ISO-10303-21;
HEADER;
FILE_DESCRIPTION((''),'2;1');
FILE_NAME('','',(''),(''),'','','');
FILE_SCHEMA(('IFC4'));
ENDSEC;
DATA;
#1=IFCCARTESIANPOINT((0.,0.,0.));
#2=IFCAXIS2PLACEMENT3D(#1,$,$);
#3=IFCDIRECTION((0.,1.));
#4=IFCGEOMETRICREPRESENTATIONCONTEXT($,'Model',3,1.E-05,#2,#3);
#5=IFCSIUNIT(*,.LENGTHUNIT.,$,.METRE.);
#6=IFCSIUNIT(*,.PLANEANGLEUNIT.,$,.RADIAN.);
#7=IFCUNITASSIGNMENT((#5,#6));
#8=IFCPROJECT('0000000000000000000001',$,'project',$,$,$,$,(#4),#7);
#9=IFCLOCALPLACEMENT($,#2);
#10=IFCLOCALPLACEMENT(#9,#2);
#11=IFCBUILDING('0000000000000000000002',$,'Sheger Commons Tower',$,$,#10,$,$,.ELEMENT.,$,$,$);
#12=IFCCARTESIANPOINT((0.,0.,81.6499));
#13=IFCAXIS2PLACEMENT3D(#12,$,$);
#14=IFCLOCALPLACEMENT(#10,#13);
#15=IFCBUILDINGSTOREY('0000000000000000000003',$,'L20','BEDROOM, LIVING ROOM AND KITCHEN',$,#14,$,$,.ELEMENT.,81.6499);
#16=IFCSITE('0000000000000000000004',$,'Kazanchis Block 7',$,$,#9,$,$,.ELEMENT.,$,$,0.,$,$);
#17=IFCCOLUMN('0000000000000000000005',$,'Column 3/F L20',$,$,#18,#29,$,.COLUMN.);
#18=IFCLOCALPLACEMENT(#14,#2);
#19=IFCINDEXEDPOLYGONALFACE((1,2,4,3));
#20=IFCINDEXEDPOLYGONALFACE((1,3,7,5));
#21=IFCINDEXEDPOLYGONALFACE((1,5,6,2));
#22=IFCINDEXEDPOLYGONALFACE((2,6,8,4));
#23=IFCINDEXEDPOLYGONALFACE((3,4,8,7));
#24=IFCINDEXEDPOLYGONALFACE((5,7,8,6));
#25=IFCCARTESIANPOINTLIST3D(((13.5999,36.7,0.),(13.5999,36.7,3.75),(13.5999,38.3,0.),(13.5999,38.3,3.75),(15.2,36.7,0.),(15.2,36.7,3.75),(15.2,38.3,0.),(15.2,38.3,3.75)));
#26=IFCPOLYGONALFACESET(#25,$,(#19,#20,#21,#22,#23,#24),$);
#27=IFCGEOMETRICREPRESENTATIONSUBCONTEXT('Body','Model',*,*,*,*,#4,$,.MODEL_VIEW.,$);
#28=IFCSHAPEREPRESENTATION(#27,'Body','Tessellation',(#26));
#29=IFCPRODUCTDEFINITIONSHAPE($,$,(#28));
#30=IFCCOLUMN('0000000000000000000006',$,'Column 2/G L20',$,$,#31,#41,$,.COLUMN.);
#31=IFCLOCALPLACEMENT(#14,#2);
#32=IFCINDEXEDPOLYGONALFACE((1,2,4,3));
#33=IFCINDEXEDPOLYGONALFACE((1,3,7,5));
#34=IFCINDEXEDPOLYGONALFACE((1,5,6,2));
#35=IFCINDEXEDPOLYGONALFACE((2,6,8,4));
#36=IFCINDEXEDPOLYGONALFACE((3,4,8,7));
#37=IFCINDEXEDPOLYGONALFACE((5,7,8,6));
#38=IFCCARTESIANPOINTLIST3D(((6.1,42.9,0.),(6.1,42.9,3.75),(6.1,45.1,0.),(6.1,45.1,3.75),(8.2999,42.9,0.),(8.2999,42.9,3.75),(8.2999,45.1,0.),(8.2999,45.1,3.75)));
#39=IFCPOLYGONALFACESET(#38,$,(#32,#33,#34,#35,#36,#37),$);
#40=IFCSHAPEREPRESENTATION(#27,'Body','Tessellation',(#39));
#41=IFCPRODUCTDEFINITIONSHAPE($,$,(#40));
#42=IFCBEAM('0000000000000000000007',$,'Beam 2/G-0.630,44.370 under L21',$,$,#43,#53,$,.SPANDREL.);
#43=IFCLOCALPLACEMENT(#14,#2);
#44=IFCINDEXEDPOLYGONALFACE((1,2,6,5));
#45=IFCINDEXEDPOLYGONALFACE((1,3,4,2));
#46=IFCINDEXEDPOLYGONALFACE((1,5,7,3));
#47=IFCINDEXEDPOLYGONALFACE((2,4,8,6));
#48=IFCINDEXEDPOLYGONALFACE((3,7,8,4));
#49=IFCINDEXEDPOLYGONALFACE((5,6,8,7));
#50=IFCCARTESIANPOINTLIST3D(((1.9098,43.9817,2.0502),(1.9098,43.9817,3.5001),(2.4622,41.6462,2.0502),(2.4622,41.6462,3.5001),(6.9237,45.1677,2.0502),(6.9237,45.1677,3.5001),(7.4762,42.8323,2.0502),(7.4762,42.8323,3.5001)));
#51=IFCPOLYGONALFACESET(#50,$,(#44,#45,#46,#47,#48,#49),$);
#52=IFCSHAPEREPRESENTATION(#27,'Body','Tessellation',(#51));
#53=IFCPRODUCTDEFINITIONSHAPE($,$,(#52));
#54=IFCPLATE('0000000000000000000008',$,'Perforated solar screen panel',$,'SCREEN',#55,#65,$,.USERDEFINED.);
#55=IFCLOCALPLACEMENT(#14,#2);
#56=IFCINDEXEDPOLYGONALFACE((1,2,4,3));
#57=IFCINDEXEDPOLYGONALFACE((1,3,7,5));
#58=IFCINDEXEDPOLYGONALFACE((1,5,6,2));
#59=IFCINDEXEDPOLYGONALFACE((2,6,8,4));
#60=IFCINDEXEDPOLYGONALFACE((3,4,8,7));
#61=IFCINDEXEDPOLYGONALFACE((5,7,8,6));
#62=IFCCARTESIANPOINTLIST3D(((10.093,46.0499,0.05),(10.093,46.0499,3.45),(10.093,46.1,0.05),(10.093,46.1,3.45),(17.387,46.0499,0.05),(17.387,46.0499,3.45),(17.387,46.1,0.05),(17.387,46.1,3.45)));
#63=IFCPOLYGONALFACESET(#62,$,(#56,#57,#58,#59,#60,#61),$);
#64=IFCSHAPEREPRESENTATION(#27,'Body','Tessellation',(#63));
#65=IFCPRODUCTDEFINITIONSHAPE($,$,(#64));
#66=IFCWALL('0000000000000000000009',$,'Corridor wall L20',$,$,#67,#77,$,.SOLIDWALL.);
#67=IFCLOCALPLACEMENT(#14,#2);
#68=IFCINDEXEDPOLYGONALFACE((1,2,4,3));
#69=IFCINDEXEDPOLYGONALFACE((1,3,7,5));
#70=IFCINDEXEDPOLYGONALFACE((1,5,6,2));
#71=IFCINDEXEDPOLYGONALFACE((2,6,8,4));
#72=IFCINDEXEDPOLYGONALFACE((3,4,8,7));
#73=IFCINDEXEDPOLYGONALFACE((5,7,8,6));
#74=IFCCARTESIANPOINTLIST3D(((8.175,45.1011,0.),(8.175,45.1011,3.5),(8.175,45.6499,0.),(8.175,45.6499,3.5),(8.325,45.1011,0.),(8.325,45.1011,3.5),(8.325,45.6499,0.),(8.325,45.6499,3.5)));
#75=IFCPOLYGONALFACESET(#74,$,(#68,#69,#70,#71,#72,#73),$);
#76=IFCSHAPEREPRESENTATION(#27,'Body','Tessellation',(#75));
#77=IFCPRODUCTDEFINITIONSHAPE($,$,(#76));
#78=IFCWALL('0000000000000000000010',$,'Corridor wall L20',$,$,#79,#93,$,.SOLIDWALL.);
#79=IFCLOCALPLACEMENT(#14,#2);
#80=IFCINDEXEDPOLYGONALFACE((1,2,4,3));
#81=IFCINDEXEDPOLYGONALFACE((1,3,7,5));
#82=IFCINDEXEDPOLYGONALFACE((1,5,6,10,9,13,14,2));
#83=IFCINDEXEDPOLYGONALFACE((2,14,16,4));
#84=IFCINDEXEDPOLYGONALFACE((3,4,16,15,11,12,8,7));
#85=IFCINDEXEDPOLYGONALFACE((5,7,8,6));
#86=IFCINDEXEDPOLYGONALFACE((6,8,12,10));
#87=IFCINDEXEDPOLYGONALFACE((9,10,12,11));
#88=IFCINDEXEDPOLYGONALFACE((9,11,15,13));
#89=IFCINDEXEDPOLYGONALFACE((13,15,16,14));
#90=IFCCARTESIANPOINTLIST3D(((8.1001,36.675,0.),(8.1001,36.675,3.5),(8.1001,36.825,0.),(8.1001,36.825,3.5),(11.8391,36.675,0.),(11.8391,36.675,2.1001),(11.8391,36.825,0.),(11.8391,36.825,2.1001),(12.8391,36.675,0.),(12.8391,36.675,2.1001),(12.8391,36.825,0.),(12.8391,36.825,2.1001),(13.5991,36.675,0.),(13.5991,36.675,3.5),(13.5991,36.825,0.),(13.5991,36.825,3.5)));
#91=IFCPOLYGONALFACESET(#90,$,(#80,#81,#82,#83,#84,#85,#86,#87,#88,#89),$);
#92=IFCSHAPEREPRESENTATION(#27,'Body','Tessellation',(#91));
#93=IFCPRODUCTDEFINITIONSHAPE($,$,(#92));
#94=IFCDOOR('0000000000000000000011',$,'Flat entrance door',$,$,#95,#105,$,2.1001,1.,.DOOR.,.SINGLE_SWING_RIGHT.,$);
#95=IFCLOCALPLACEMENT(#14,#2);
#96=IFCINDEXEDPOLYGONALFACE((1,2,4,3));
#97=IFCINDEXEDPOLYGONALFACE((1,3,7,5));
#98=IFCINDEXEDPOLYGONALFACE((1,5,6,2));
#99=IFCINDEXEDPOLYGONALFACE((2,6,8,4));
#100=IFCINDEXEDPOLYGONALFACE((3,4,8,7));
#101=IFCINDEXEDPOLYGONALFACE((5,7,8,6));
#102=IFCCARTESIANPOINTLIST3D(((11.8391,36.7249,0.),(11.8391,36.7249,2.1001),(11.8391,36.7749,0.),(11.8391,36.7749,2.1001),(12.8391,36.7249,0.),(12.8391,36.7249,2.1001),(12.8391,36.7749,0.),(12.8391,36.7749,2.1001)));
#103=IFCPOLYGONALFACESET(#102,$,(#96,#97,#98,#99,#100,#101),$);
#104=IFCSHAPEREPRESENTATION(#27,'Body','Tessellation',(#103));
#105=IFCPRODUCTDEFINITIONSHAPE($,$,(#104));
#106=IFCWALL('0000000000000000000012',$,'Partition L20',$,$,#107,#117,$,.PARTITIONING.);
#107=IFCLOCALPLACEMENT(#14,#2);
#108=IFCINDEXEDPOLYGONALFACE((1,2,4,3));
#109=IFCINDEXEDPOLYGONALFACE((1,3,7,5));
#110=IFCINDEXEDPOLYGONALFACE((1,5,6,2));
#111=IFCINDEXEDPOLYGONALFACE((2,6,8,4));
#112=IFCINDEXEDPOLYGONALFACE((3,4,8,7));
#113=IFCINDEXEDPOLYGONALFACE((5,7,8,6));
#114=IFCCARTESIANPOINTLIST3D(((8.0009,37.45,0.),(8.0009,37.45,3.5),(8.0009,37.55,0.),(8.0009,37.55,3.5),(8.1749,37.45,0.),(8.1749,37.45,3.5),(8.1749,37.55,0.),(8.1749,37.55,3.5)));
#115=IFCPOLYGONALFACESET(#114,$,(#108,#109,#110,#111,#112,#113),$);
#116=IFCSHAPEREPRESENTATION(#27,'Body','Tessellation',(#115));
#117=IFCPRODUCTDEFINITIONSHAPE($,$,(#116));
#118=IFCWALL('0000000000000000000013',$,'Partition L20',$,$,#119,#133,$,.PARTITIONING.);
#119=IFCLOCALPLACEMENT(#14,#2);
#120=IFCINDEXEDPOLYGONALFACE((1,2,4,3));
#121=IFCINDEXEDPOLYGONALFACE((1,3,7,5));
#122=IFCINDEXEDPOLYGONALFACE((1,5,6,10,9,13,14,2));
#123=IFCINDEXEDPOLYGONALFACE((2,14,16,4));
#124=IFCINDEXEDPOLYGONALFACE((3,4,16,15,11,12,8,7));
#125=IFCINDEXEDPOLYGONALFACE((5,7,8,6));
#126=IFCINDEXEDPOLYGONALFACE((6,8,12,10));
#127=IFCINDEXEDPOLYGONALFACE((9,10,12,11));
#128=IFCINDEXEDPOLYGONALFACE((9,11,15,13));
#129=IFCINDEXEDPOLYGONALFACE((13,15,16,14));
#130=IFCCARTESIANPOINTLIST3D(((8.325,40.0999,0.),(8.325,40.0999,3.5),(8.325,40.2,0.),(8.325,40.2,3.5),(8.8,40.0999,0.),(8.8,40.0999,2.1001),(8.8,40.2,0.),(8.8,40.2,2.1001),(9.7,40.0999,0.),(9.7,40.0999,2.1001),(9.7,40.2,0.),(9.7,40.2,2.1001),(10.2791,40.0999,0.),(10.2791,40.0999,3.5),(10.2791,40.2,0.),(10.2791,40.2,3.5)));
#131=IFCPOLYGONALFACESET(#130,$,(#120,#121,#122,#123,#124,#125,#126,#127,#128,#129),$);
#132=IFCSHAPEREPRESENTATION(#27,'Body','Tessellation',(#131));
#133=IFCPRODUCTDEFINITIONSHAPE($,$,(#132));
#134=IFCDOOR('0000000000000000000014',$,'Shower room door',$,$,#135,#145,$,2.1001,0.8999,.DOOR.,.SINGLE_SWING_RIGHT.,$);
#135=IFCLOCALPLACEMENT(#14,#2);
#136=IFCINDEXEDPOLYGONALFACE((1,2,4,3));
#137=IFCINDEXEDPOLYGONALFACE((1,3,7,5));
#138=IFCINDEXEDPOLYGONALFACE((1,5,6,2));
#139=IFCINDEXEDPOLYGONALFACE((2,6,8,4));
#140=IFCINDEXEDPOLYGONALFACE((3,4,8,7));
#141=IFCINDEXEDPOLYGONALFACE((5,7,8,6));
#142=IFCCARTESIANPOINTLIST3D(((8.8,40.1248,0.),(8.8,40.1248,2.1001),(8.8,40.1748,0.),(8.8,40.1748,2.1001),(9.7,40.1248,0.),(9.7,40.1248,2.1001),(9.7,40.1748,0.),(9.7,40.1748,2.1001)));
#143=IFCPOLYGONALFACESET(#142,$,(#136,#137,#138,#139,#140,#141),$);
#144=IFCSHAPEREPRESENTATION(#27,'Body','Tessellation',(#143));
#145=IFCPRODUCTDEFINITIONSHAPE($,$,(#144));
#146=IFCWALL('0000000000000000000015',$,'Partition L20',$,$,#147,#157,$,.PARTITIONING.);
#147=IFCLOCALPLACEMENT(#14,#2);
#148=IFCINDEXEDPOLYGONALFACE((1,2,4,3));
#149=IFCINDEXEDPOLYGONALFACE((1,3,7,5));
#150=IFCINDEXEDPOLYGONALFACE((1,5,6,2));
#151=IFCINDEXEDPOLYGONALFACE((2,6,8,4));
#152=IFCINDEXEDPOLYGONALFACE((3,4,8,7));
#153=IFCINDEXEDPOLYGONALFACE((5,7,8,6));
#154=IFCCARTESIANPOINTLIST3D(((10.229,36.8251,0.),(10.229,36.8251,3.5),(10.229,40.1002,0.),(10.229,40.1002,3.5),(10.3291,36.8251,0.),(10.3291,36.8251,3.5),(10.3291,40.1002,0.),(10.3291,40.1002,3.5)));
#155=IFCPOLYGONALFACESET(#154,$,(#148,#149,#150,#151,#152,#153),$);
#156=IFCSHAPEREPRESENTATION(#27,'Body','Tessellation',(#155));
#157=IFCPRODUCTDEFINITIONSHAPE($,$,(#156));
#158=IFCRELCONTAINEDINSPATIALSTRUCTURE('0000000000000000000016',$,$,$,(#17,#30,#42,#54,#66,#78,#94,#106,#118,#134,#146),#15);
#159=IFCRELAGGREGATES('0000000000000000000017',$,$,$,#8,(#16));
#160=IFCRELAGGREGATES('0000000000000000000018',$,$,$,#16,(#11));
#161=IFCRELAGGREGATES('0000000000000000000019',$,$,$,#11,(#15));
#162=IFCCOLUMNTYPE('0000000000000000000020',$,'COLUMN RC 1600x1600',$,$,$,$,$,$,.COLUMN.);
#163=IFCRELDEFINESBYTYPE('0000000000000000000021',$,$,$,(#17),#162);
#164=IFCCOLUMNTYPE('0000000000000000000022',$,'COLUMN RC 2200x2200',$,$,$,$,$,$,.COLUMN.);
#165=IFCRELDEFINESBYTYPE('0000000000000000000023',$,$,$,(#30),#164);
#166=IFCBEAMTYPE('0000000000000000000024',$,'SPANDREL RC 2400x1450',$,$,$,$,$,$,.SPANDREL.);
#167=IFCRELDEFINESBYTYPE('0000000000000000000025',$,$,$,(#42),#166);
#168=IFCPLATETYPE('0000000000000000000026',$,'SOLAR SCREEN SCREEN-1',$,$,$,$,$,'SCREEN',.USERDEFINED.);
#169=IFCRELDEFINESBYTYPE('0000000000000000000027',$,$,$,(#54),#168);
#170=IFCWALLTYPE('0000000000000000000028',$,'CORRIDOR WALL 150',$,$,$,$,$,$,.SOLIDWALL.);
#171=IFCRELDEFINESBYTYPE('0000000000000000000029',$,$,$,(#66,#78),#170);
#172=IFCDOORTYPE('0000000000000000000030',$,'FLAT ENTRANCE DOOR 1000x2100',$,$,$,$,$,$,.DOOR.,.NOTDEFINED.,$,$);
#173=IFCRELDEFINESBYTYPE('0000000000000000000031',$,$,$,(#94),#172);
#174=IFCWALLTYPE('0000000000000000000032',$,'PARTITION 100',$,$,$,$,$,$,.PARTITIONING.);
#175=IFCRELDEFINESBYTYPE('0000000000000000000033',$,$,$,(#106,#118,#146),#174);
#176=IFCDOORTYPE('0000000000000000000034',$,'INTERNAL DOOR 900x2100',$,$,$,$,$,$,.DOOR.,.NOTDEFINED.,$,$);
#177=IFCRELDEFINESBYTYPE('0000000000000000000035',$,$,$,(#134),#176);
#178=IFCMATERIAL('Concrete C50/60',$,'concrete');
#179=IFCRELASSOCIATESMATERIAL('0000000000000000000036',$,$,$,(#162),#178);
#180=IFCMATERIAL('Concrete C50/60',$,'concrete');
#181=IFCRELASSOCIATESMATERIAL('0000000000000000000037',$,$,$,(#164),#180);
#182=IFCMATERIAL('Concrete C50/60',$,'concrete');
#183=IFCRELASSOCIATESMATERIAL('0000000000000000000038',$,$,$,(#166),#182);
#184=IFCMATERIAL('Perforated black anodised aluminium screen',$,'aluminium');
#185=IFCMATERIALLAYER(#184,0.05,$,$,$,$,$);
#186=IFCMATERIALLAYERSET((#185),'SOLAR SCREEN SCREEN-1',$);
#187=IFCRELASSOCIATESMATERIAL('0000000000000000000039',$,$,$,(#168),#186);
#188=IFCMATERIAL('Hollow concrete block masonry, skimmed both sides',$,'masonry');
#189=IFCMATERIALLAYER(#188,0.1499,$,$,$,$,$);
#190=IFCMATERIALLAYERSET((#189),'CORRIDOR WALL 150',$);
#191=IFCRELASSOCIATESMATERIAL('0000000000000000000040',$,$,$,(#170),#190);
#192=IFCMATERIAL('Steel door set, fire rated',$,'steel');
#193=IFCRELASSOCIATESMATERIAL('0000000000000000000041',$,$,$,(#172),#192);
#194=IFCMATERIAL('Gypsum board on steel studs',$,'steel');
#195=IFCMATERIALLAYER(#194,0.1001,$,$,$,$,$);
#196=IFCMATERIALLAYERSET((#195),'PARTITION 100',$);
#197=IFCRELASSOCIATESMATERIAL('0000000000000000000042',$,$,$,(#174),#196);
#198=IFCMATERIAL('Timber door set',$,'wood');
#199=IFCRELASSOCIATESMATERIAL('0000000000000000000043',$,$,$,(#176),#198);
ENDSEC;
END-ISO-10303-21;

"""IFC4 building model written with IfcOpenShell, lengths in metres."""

from ifc_helpers import new_model, si_unit, direction, frame, frame_2d, origin, origin_2d, place, context, subcontext, project, spatial, rectangle, extrude, material, layer, layer_set, material_profile, profile_set, type_object, element, fill, save


model = new_model("IFC4")

# Units and contexts
model_context = context("Model", 3, precision=1e-05, world=origin(), true_north=direction((0.0, 1.0)))
body_context = subcontext(model_context, "Body", "Model", "MODEL_VIEW")
ifc_project = project(units=[si_unit("LENGTHUNIT", "METRE"), si_unit("PLANEANGLEUNIT", "RADIAN")], contexts=[model_context])

# Site, building, storey
site_placement = place(None, origin())
site = spatial("IfcSite", under=ifc_project, at=site_placement, Name="Kazanchis Block 7", CompositionType="ELEMENT", RefElevation=0.0)
building_placement = place(site_placement, origin())
building = spatial("IfcBuilding", under=site, at=building_placement, Name="Sheger Commons Tower", CompositionType="ELEMENT")
storey_placement = place(building_placement, frame((0.0, 0.0, 81.6499)))
storey = spatial("IfcBuildingStorey", under=building, at=storey_placement, Name="L20", Description="BEDROOM, LIVING ROOM AND KITCHEN", CompositionType="ELEMENT", Elevation=81.6499)

# Columns
ifc_material_1 = material(Name="Concrete C50/60", Category="concrete")
ifc_material_profile_1 = material_profile(ifc_material_1, rectangle(XDim=1.6001, YDim=1.6001, at=origin_2d()), Name="RC 1600x1600")
ifc_profile_set_1 = profile_set([ifc_material_profile_1], Name="Concrete C50/60")
column_type_1 = type_object("IfcColumnType", Name="COLUMN RC 1600x1600", PredefinedType="COLUMN", material=ifc_profile_set_1)
column_1_placement = place(storey_placement, frame((14.3999, 37.5, 0.0), z_axis=(0.0, 0.0, 1.0), x_axis=(1.0, 0.0, 0.0)))
element("IfcColumn", 1, at=column_1_placement, inside=storey, type_object=column_type_1, Name="Column 3/F L20", PredefinedType="COLUMN", context=body_context, shape_type="SweptSolid", body=[
    extrude(rectangle(XDim=1.6001, YDim=1.6001, at=origin_2d()), origin(), (0.0, 0.0, 1.0), 3.75),
])
ifc_material_2 = material(Name="Concrete C50/60", Category="concrete")
ifc_material_profile_2 = material_profile(ifc_material_2, rectangle(XDim=2.2, YDim=2.2, at=origin_2d()), Name="RC 2200x2200")
ifc_profile_set_2 = profile_set([ifc_material_profile_2], Name="Concrete C50/60")
column_type_2 = type_object("IfcColumnType", Name="COLUMN RC 2200x2200", PredefinedType="COLUMN", material=ifc_profile_set_2)
column_2_placement = place(storey_placement, frame((7.2, 44.0, 0.0), z_axis=(0.0, 0.0, 1.0), x_axis=(1.0, 0.0, 0.0)))
element("IfcColumn", 2, at=column_2_placement, inside=storey, type_object=column_type_2, Name="Column 2/G L20", PredefinedType="COLUMN", context=body_context, shape_type="SweptSolid", body=[
    extrude(rectangle(XDim=2.2, YDim=2.2, at=origin_2d()), origin(), (0.0, 0.0, 1.0), 3.75),
])

# Beam
ifc_material_3 = material(Name="Concrete C50/60", Category="concrete")
ifc_material_profile_3 = material_profile(ifc_material_3, rectangle(XDim=2.3999, YDim=1.45, at=origin_2d()), Name="RC 2400x1450")
ifc_profile_set_3 = profile_set([ifc_material_profile_3], Name="Concrete C50/60")
beam_type = type_object("IfcBeamType", Name="SPANDREL RC 2400x1450", PredefinedType="SPANDREL", material=ifc_profile_set_3)
beam_placement = place(storey_placement, frame((7.2, 44.0, 2.7751), z_axis=(-0.973144, -0.230196, 0.0), x_axis=(0.230196, -0.973144, 0.0)))
element("IfcBeam", 3, at=beam_placement, inside=storey, type_object=beam_type, Name="Beam 2/G-0.630,44.370 under L21", PredefinedType="SPANDREL", context=body_context, shape_type="SweptSolid", body=[
    extrude(rectangle(XDim=2.3999, YDim=1.45, at=origin_2d()), origin(), (0.0, 0.0, 1.0), 5.1523),
])

# Plate
ifc_material_4 = material(Name="Perforated black anodised aluminium screen", Category="aluminium")
ifc_layer_1 = layer(ifc_material_4, 0.05)
ifc_layer_set_1 = layer_set([ifc_layer_1], Name="SOLAR SCREEN SCREEN-1")
plate_type = type_object("IfcPlateType", Name="SOLAR SCREEN SCREEN-1", ElementType="SCREEN", PredefinedType="USERDEFINED", material=ifc_layer_set_1)
plate_placement = place(storey_placement, frame((13.74, 46.075, 0.05), z_axis=(0.0, 0.0, 1.0), x_axis=(-1.0, 0.0, 0.0)))
element("IfcPlate", 4, at=plate_placement, inside=storey, type_object=plate_type, Name="Perforated solar screen panel", ObjectType="SCREEN", PredefinedType="USERDEFINED", context=body_context, shape_type="SweptSolid", body=[
    extrude(rectangle(XDim=7.2939, YDim=0.05, at=origin_2d()), origin(), (0.0, 0.0, 1.0), 3.3999),
])

# Wall
ifc_material_5 = material(Name="Hollow concrete block masonry, skimmed both sides", Category="masonry")
ifc_layer_2 = layer(ifc_material_5, 0.1499)
ifc_layer_set_2 = layer_set([ifc_layer_2], Name="CORRIDOR WALL 150")
wall_type_1 = type_object("IfcWallType", Name="CORRIDOR WALL 150", PredefinedType="SOLIDWALL", material=ifc_layer_set_2)
wall_1_placement = place(storey_placement, frame((8.25, 45.1011, 0.0), z_axis=(0.0, 0.0, 1.0), x_axis=(0.0, 1.0, 0.0)))
element("IfcWall", 5, at=wall_1_placement, inside=storey, type_object=wall_type_1, Name="Corridor wall L20", PredefinedType="SOLIDWALL", context=body_context, shape_type="SweptSolid", body=[
    extrude(rectangle(XDim=0.5488, YDim=0.1499, at=frame_2d((0.2744, 0.0))), origin(), (0.0, 0.0, 1.0), 3.5),
])

# Wall, opening, door
wall_2_placement = place(storey_placement, frame((8.1001, 36.75, 0.0), z_axis=(0.0, 0.0, 1.0), x_axis=(1.0, 0.0, 0.0)))
wall_2 = element("IfcWall", 6, at=wall_2_placement, inside=storey, type_object=wall_type_1, Name="Corridor wall L20", PredefinedType="SOLIDWALL", context=body_context, shape_type="SweptSolid", body=[
    extrude(rectangle(XDim=5.499, YDim=0.1499, at=frame_2d((2.7495, 0.0))), origin(), (0.0, 0.0, 1.0), 3.5),
])
opening_1_placement = place(wall_2_placement, frame((3.739, 0.0, 0.0)))
opening_1 = element("IfcOpeningElement", 7, at=opening_1_placement, cuts=wall_2, PredefinedType="OPENING", context=body_context, shape_type="SweptSolid", body=[
    extrude(rectangle(XDim=1.0, YDim=2.1001, at=frame_2d((0.5, 1.05))), frame((0.0, 0.085, 0.0), z_axis=(0.0, -1.0, 0.0), x_axis=(1.0, 0.0, 0.0)), (0.0, 0.0, 1.0), 0.1699),
])
ifc_material_6 = material(Name="Steel door set, fire rated", Category="steel")
door_type_1 = type_object("IfcDoorType", Name="FLAT ENTRANCE DOOR 1000x2100", OperationType="NOTDEFINED", PredefinedType="DOOR", material=ifc_material_6)
door_1_placement = place(opening_1_placement, origin())
door_1 = element("IfcDoor", 8, at=door_1_placement, inside=storey, type_object=door_type_1, Name="Flat entrance door", OperationType="SINGLE_SWING_RIGHT", OverallHeight=2.1001, OverallWidth=1.0, PredefinedType="DOOR", context=body_context, shape_type="SweptSolid", body=[
    extrude(rectangle(XDim=1.0, YDim=2.1001, at=frame_2d((0.5, 1.05))), frame((0.0, 0.0249, 0.0), z_axis=(0.0, -1.0, 0.0), x_axis=(1.0, 0.0, 0.0)), (0.0, 0.0, 1.0), 0.05),
])
fill(opening_1, door_1)

# Wall
ifc_material_7 = material(Name="Gypsum board on steel studs", Category="steel")
ifc_layer_3 = layer(ifc_material_7, 0.1001)
ifc_layer_set_3 = layer_set([ifc_layer_3], Name="PARTITION 100")
wall_type_2 = type_object("IfcWallType", Name="PARTITION 100", PredefinedType="PARTITIONING", material=ifc_layer_set_3)
wall_3_placement = place(storey_placement, frame((8.001, 37.5, 0.0), z_axis=(0.0, 0.0, 1.0), x_axis=(1.0, 0.0, 0.0)))
element("IfcWall", 9, at=wall_3_placement, inside=storey, type_object=wall_type_2, Name="Partition L20", PredefinedType="PARTITIONING", context=body_context, shape_type="SweptSolid", body=[
    extrude(rectangle(XDim=0.1741, YDim=0.1001, at=frame_2d((0.0869, 0.0))), origin(), (0.0, 0.0, 1.0), 3.5),
])

# Wall, opening, door
wall_4_placement = place(storey_placement, frame((8.325, 40.1499, 0.0), z_axis=(0.0, 0.0, 1.0), x_axis=(1.0, 0.0, 0.0)))
wall_4 = element("IfcWall", 10, at=wall_4_placement, inside=storey, type_object=wall_type_2, Name="Partition L20", PredefinedType="PARTITIONING", context=body_context, shape_type="SweptSolid", body=[
    extrude(rectangle(XDim=1.9541, YDim=0.1001, at=frame_2d((0.9771, 0.0))), origin(), (0.0, 0.0, 1.0), 3.5),
])
opening_2_placement = place(wall_4_placement, frame((0.4751, 0.0, 0.0)))
opening_2 = element("IfcOpeningElement", 11, at=opening_2_placement, cuts=wall_4, PredefinedType="OPENING", context=body_context, shape_type="SweptSolid", body=[
    extrude(rectangle(XDim=0.8999, YDim=2.1001, at=frame_2d((0.45, 1.05))), frame((0.0, 0.0601, 0.0), z_axis=(0.0, -1.0, 0.0), x_axis=(1.0, 0.0, 0.0)), (0.0, 0.0, 1.0), 0.1201),
])
ifc_material_8 = material(Name="Timber door set", Category="wood")
door_type_2 = type_object("IfcDoorType", Name="INTERNAL DOOR 900x2100", OperationType="NOTDEFINED", PredefinedType="DOOR", material=ifc_material_8)
door_2_placement = place(opening_2_placement, origin())
door_2 = element("IfcDoor", 12, at=door_2_placement, inside=storey, type_object=door_type_2, Name="Shower room door", OperationType="SINGLE_SWING_RIGHT", OverallHeight=2.1001, OverallWidth=0.8999, PredefinedType="DOOR", context=body_context, shape_type="SweptSolid", body=[
    extrude(rectangle(XDim=0.8999, YDim=2.1001, at=frame_2d((0.45, 1.05))), frame((0.0, 0.0249, 0.0), z_axis=(0.0, -1.0, 0.0), x_axis=(1.0, 0.0, 0.0)), (0.0, 0.0, 1.0), 0.05),
])
fill(opening_2, door_2)

# Wall
wall_5_placement = place(storey_placement, frame((10.2791, 36.825, 0.0), z_axis=(0.0, 0.0, 1.0), x_axis=(0.0, 1.0, 0.0)))
element("IfcWall", 13, at=wall_5_placement, inside=storey, type_object=wall_type_2, Name="Partition L20", PredefinedType="PARTITIONING", context=body_context, shape_type="SweptSolid", body=[
    extrude(rectangle(XDim=3.2751, YDim=0.1001, at=frame_2d((1.6377, 0.0))), origin(), (0.0, 0.0, 1.0), 3.5),
])

save(model, "model.ifc")
